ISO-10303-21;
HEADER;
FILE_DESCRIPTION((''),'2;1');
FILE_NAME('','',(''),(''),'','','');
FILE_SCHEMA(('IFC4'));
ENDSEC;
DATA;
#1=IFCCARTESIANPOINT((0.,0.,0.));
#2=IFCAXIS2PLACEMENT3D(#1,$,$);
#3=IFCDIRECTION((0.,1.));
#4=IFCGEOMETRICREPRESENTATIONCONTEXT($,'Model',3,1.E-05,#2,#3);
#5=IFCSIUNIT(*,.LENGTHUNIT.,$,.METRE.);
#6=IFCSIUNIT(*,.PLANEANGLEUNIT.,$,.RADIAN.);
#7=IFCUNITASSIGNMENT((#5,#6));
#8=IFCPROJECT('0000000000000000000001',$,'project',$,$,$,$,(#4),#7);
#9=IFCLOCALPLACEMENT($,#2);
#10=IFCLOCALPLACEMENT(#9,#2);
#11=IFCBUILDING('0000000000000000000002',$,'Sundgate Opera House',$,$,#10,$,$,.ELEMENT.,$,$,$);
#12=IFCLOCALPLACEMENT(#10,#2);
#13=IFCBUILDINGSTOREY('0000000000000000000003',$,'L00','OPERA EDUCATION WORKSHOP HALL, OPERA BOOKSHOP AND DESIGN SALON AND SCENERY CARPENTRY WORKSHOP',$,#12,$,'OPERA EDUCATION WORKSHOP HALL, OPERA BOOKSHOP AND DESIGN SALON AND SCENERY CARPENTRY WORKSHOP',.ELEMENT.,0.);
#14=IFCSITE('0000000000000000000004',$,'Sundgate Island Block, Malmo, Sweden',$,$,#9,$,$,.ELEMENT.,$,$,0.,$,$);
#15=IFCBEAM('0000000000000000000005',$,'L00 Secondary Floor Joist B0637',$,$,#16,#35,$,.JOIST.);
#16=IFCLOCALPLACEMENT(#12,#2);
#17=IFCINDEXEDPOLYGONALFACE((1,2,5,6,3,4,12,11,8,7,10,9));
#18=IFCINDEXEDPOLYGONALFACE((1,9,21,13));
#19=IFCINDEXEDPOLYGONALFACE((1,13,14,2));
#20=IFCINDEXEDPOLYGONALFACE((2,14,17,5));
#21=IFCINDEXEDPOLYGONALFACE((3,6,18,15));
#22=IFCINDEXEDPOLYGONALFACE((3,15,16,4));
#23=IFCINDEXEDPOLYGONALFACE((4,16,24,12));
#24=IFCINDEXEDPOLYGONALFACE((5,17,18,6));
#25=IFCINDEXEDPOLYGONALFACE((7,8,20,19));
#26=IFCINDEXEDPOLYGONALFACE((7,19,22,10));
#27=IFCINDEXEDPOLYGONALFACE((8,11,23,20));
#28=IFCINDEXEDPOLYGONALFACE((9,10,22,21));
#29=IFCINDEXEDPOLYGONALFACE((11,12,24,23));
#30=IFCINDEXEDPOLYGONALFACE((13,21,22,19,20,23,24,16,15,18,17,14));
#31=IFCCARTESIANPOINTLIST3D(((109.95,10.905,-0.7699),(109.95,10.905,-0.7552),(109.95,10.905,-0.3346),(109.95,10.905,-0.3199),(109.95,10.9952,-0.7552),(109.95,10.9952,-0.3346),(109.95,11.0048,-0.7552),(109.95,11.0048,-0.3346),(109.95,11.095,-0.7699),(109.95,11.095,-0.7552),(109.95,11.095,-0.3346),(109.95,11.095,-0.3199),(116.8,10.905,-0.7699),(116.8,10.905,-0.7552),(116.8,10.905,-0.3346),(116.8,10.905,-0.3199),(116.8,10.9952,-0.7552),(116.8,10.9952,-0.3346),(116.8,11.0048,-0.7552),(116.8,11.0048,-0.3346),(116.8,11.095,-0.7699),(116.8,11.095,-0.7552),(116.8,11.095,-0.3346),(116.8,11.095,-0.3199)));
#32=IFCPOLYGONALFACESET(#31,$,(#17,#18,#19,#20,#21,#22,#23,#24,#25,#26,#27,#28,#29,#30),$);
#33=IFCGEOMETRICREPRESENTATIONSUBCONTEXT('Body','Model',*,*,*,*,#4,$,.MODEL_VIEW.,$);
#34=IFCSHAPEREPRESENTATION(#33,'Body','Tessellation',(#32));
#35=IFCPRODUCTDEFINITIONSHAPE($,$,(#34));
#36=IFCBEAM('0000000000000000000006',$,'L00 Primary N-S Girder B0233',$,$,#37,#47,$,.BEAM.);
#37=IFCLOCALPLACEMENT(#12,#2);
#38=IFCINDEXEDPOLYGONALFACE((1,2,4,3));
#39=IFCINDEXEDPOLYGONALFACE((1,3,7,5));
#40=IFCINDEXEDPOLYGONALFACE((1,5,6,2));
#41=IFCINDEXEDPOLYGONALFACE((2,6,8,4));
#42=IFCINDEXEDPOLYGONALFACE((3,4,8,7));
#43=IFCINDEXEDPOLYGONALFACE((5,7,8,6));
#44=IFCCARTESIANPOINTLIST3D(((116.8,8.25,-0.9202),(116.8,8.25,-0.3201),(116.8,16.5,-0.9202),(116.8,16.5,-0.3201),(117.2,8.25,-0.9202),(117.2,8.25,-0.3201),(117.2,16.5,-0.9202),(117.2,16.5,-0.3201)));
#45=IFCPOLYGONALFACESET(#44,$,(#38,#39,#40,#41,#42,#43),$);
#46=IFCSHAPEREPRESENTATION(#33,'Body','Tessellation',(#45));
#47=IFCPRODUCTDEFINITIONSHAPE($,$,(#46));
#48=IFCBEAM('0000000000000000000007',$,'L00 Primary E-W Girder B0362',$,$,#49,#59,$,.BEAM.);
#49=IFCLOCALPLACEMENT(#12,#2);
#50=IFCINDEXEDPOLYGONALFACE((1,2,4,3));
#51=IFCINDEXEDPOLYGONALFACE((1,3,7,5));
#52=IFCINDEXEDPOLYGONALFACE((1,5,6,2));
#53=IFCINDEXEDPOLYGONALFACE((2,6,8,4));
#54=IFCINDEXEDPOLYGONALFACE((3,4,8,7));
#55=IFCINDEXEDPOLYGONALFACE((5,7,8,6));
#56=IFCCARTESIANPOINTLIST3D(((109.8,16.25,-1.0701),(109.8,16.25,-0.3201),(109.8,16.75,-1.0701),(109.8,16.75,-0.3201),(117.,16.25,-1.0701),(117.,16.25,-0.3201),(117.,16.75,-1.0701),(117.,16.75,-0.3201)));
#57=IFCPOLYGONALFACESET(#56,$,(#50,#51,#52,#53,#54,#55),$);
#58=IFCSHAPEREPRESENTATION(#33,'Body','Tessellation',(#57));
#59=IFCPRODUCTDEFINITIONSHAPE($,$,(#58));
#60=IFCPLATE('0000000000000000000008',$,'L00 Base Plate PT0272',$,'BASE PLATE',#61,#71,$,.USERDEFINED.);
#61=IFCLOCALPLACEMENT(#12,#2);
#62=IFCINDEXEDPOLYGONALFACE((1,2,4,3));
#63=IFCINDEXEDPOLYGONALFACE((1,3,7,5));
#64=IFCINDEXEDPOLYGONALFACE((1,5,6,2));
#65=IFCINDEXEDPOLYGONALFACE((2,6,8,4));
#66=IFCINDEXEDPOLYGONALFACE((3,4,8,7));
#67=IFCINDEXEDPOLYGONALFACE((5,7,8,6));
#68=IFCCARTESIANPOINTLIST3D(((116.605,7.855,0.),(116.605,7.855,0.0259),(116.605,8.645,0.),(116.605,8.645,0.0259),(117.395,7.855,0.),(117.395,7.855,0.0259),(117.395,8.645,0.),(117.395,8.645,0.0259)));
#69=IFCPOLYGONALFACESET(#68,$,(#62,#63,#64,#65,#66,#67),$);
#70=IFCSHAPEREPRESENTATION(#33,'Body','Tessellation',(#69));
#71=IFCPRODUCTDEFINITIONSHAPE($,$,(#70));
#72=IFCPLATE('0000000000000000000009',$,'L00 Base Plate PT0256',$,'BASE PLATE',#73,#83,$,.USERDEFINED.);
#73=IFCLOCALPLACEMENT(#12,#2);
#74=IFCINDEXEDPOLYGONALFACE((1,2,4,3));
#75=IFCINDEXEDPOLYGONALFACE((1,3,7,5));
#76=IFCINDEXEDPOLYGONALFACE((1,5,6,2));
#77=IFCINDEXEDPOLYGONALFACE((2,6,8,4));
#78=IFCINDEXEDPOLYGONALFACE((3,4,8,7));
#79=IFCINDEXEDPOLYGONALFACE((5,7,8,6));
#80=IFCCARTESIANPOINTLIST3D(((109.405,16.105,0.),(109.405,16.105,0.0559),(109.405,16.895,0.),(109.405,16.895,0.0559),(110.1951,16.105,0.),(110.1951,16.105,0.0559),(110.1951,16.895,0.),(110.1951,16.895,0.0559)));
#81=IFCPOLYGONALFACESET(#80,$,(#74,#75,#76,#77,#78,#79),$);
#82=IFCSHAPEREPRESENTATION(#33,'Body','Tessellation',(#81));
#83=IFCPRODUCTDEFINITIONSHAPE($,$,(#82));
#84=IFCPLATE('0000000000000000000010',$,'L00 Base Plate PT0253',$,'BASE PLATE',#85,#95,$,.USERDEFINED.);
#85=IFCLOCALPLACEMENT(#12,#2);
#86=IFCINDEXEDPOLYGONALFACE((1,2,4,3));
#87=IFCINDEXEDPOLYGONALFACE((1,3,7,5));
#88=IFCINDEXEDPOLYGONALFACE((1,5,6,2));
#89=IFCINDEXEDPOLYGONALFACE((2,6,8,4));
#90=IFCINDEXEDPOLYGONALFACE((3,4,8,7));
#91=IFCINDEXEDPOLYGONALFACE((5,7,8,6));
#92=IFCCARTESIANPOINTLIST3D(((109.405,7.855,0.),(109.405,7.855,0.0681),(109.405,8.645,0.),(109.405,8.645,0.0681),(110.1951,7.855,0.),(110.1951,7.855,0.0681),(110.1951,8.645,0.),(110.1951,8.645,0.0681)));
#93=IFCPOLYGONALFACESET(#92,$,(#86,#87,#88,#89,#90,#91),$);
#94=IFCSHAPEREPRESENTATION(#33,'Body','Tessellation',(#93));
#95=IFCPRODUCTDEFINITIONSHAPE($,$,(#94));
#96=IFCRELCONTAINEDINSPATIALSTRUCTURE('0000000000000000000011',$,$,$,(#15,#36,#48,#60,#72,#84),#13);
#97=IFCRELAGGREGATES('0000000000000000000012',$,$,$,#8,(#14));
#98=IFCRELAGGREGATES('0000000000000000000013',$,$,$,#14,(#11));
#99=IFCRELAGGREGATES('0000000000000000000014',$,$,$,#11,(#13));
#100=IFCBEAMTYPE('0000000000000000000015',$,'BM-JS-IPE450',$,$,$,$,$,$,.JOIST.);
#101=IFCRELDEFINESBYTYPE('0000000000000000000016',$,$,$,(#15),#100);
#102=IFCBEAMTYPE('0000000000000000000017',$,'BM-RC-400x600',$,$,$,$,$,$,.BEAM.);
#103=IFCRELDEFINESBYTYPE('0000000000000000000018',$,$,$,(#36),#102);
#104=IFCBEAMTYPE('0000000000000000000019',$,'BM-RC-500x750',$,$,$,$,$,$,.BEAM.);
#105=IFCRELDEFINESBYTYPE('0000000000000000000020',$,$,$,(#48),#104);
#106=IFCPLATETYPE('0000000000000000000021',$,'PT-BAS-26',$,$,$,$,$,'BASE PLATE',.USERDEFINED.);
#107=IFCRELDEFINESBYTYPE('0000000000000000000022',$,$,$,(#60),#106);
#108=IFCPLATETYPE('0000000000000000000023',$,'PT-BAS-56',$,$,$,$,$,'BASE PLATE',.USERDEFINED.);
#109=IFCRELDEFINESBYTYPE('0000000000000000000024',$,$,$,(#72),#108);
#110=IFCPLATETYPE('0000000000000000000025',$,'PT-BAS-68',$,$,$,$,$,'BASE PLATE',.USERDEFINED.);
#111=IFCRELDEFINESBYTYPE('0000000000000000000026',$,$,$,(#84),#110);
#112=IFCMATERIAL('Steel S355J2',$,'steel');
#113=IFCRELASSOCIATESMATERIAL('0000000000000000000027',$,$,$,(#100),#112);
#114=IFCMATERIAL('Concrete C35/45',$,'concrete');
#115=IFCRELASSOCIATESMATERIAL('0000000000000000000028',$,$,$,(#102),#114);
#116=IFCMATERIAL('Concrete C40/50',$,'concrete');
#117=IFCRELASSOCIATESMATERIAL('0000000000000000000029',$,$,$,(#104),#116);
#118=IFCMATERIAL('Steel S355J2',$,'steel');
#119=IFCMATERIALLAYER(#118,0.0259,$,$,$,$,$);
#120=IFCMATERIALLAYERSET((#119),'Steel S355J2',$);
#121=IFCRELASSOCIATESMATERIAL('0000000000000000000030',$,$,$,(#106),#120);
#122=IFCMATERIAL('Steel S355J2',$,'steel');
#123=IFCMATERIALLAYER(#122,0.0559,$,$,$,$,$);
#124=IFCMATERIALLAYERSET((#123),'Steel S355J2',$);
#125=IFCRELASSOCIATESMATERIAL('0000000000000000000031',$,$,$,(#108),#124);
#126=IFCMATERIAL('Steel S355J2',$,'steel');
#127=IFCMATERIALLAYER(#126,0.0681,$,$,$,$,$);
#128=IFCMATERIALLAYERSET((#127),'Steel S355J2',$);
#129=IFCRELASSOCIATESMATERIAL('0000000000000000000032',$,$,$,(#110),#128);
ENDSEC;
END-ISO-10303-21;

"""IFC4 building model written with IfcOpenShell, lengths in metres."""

from ifc_helpers import new_model, si_unit, direction, frame, origin, origin_2d, place, context, subcontext, project, spatial, rectangle, i_section, extrude, material, layer, layer_set, material_profile, profile_set, type_object, element, save


model = new_model("IFC4")

# Units and contexts
model_context = context("Model", 3, precision=1e-05, world=origin(), true_north=direction((0.0, 1.0)))
body_context = subcontext(model_context, "Body", "Model", "MODEL_VIEW")
ifc_project = project(units=[si_unit("LENGTHUNIT", "METRE"), si_unit("PLANEANGLEUNIT", "RADIAN")], contexts=[model_context])

# Site, building, storey
site_placement = place(None, origin())
site = spatial("IfcSite", under=ifc_project, at=site_placement, Name="Sundgate Island Block, Malmo, Sweden", CompositionType="ELEMENT", RefElevation=0.0)
building_placement = place(site_placement, origin())
building = spatial("IfcBuilding", under=site, at=building_placement, Name="Sundgate Opera House", CompositionType="ELEMENT")
storey_placement = place(building_placement, origin())
storey = spatial("IfcBuildingStorey", under=building, at=storey_placement, Name="L00", Description="OPERA EDUCATION WORKSHOP HALL, OPERA BOOKSHOP AND DESIGN SALON AND SCENERY CARPENTRY WORKSHOP", LongName="OPERA EDUCATION WORKSHOP HALL, OPERA BOOKSHOP AND DESIGN SALON AND SCENERY CARPENTRY WORKSHOP", CompositionType="ELEMENT", Elevation=0.0)

# Beams
ifc_material_1 = material(Name="Steel S355J2", Category="steel")
ifc_material_profile_1 = material_profile(ifc_material_1, i_section(OverallWidth=0.1899, OverallDepth=0.45, WebThickness=0.0095, FlangeThickness=0.0146, at=origin_2d()), Name="IPE 450")
ifc_profile_set_1 = profile_set([ifc_material_profile_1], Name="Steel S355J2")
beam_type_1 = type_object("IfcBeamType", Name="BM-JS-IPE450", PredefinedType="JOIST", material=ifc_profile_set_1)
beam_1_placement = place(storey_placement, frame((109.95, 11.0, -0.5449), z_axis=(1.0, 0.0, 0.0), x_axis=(0.0, 1.0, 0.0)))
element("IfcBeam", 1, at=beam_1_placement, inside=storey, type_object=beam_type_1, Name="L00 Secondary Floor Joist B0637", PredefinedType="JOIST", context=body_context, shape_type="SweptSolid", body=[
    extrude(i_section(OverallWidth=0.1899, OverallDepth=0.45, WebThickness=0.0095, FlangeThickness=0.0146, at=origin_2d()), origin(), (0.0, 0.0, 1.0), 6.8501),
])
ifc_material_2 = material(Name="Concrete C35/45", Category="concrete")
ifc_material_profile_2 = material_profile(ifc_material_2, rectangle(XDim=0.3999, YDim=0.6001, at=origin_2d()), Name="RC 400x600")
ifc_profile_set_2 = profile_set([ifc_material_profile_2], Name="Concrete C35/45")
beam_type_2 = type_object("IfcBeamType", Name="BM-RC-400x600", PredefinedType="BEAM", material=ifc_profile_set_2)
beam_2_placement = place(storey_placement, frame((117.0, 8.25, -0.6201), z_axis=(0.0, 1.0, 0.0), x_axis=(-1.0, 0.0, 0.0)))
element("IfcBeam", 2, at=beam_2_placement, inside=storey, type_object=beam_type_2, Name="L00 Primary N-S Girder B0233", PredefinedType="BEAM", context=body_context, shape_type="SweptSolid", body=[
    extrude(rectangle(XDim=0.3999, YDim=0.6001, at=origin_2d()), origin(), (0.0, 0.0, 1.0), 8.25),
])
ifc_material_3 = material(Name="Concrete C40/50", Category="concrete")
ifc_material_profile_3 = material_profile(ifc_material_3, rectangle(XDim=0.5, YDim=0.75, at=origin_2d()), Name="RC 500x750")
ifc_profile_set_3 = profile_set([ifc_material_profile_3], Name="Concrete C40/50")
beam_type_3 = type_object("IfcBeamType", Name="BM-RC-500x750", PredefinedType="BEAM", material=ifc_profile_set_3)
beam_3_placement = place(storey_placement, frame((109.8, 16.5, -0.6951), z_axis=(1.0, 0.0, 0.0), x_axis=(0.0, 1.0, 0.0)))
element("IfcBeam", 3, at=beam_3_placement, inside=storey, type_object=beam_type_3, Name="L00 Primary E-W Girder B0362", PredefinedType="BEAM", context=body_context, shape_type="SweptSolid", body=[
    extrude(rectangle(XDim=0.5, YDim=0.75, at=origin_2d()), origin(), (0.0, 0.0, 1.0), 7.2),
])

# Plates
ifc_material_4 = material(Name="Steel S355J2", Category="steel")
ifc_layer_1 = layer(ifc_material_4, 0.0259)
ifc_layer_set_1 = layer_set([ifc_layer_1], Name="Steel S355J2")
plate_type_1 = type_object("IfcPlateType", Name="PT-BAS-26", ElementType="BASE PLATE", PredefinedType="USERDEFINED", material=ifc_layer_set_1)
plate_1_placement = place(storey_placement, frame((117.0, 8.25, 0.0), z_axis=(0.0, 0.0, 1.0), x_axis=(1.0, 0.0, 0.0)))
element("IfcPlate", 4, at=plate_1_placement, inside=storey, type_object=plate_type_1, Name="L00 Base Plate PT0272", ObjectType="BASE PLATE", PredefinedType="USERDEFINED", context=body_context, shape_type="SweptSolid", body=[
    extrude(rectangle(XDim=0.79, YDim=0.79, at=origin_2d()), origin(), (0.0, 0.0, 1.0), 0.0259),
])
ifc_material_5 = material(Name="Steel S355J2", Category="steel")
ifc_layer_2 = layer(ifc_material_5, 0.0559)
ifc_layer_set_2 = layer_set([ifc_layer_2], Name="Steel S355J2")
plate_type_2 = type_object("IfcPlateType", Name="PT-BAS-56", ElementType="BASE PLATE", PredefinedType="USERDEFINED", material=ifc_layer_set_2)
plate_2_placement = place(storey_placement, frame((109.8, 16.5, 0.0), z_axis=(0.0, 0.0, 1.0), x_axis=(1.0, 0.0, 0.0)))
element("IfcPlate", 5, at=plate_2_placement, inside=storey, type_object=plate_type_2, Name="L00 Base Plate PT0256", ObjectType="BASE PLATE", PredefinedType="USERDEFINED", context=body_context, shape_type="SweptSolid", body=[
    extrude(rectangle(XDim=0.79, YDim=0.79, at=origin_2d()), origin(), (0.0, 0.0, 1.0), 0.0559),
])
ifc_material_6 = material(Name="Steel S355J2", Category="steel")
ifc_layer_3 = layer(ifc_material_6, 0.0681)
ifc_layer_set_3 = layer_set([ifc_layer_3], Name="Steel S355J2")
plate_type_3 = type_object("IfcPlateType", Name="PT-BAS-68", ElementType="BASE PLATE", PredefinedType="USERDEFINED", material=ifc_layer_set_3)
plate_3_placement = place(storey_placement, frame((109.8, 8.25, 0.0), z_axis=(0.0, 0.0, 1.0), x_axis=(1.0, 0.0, 0.0)))
element("IfcPlate", 6, at=plate_3_placement, inside=storey, type_object=plate_type_3, Name="L00 Base Plate PT0253", ObjectType="BASE PLATE", PredefinedType="USERDEFINED", context=body_context, shape_type="SweptSolid", body=[
    extrude(rectangle(XDim=0.79, YDim=0.79, at=origin_2d()), origin(), (0.0, 0.0, 1.0), 0.0681),
])

save(model, "model.ifc")
